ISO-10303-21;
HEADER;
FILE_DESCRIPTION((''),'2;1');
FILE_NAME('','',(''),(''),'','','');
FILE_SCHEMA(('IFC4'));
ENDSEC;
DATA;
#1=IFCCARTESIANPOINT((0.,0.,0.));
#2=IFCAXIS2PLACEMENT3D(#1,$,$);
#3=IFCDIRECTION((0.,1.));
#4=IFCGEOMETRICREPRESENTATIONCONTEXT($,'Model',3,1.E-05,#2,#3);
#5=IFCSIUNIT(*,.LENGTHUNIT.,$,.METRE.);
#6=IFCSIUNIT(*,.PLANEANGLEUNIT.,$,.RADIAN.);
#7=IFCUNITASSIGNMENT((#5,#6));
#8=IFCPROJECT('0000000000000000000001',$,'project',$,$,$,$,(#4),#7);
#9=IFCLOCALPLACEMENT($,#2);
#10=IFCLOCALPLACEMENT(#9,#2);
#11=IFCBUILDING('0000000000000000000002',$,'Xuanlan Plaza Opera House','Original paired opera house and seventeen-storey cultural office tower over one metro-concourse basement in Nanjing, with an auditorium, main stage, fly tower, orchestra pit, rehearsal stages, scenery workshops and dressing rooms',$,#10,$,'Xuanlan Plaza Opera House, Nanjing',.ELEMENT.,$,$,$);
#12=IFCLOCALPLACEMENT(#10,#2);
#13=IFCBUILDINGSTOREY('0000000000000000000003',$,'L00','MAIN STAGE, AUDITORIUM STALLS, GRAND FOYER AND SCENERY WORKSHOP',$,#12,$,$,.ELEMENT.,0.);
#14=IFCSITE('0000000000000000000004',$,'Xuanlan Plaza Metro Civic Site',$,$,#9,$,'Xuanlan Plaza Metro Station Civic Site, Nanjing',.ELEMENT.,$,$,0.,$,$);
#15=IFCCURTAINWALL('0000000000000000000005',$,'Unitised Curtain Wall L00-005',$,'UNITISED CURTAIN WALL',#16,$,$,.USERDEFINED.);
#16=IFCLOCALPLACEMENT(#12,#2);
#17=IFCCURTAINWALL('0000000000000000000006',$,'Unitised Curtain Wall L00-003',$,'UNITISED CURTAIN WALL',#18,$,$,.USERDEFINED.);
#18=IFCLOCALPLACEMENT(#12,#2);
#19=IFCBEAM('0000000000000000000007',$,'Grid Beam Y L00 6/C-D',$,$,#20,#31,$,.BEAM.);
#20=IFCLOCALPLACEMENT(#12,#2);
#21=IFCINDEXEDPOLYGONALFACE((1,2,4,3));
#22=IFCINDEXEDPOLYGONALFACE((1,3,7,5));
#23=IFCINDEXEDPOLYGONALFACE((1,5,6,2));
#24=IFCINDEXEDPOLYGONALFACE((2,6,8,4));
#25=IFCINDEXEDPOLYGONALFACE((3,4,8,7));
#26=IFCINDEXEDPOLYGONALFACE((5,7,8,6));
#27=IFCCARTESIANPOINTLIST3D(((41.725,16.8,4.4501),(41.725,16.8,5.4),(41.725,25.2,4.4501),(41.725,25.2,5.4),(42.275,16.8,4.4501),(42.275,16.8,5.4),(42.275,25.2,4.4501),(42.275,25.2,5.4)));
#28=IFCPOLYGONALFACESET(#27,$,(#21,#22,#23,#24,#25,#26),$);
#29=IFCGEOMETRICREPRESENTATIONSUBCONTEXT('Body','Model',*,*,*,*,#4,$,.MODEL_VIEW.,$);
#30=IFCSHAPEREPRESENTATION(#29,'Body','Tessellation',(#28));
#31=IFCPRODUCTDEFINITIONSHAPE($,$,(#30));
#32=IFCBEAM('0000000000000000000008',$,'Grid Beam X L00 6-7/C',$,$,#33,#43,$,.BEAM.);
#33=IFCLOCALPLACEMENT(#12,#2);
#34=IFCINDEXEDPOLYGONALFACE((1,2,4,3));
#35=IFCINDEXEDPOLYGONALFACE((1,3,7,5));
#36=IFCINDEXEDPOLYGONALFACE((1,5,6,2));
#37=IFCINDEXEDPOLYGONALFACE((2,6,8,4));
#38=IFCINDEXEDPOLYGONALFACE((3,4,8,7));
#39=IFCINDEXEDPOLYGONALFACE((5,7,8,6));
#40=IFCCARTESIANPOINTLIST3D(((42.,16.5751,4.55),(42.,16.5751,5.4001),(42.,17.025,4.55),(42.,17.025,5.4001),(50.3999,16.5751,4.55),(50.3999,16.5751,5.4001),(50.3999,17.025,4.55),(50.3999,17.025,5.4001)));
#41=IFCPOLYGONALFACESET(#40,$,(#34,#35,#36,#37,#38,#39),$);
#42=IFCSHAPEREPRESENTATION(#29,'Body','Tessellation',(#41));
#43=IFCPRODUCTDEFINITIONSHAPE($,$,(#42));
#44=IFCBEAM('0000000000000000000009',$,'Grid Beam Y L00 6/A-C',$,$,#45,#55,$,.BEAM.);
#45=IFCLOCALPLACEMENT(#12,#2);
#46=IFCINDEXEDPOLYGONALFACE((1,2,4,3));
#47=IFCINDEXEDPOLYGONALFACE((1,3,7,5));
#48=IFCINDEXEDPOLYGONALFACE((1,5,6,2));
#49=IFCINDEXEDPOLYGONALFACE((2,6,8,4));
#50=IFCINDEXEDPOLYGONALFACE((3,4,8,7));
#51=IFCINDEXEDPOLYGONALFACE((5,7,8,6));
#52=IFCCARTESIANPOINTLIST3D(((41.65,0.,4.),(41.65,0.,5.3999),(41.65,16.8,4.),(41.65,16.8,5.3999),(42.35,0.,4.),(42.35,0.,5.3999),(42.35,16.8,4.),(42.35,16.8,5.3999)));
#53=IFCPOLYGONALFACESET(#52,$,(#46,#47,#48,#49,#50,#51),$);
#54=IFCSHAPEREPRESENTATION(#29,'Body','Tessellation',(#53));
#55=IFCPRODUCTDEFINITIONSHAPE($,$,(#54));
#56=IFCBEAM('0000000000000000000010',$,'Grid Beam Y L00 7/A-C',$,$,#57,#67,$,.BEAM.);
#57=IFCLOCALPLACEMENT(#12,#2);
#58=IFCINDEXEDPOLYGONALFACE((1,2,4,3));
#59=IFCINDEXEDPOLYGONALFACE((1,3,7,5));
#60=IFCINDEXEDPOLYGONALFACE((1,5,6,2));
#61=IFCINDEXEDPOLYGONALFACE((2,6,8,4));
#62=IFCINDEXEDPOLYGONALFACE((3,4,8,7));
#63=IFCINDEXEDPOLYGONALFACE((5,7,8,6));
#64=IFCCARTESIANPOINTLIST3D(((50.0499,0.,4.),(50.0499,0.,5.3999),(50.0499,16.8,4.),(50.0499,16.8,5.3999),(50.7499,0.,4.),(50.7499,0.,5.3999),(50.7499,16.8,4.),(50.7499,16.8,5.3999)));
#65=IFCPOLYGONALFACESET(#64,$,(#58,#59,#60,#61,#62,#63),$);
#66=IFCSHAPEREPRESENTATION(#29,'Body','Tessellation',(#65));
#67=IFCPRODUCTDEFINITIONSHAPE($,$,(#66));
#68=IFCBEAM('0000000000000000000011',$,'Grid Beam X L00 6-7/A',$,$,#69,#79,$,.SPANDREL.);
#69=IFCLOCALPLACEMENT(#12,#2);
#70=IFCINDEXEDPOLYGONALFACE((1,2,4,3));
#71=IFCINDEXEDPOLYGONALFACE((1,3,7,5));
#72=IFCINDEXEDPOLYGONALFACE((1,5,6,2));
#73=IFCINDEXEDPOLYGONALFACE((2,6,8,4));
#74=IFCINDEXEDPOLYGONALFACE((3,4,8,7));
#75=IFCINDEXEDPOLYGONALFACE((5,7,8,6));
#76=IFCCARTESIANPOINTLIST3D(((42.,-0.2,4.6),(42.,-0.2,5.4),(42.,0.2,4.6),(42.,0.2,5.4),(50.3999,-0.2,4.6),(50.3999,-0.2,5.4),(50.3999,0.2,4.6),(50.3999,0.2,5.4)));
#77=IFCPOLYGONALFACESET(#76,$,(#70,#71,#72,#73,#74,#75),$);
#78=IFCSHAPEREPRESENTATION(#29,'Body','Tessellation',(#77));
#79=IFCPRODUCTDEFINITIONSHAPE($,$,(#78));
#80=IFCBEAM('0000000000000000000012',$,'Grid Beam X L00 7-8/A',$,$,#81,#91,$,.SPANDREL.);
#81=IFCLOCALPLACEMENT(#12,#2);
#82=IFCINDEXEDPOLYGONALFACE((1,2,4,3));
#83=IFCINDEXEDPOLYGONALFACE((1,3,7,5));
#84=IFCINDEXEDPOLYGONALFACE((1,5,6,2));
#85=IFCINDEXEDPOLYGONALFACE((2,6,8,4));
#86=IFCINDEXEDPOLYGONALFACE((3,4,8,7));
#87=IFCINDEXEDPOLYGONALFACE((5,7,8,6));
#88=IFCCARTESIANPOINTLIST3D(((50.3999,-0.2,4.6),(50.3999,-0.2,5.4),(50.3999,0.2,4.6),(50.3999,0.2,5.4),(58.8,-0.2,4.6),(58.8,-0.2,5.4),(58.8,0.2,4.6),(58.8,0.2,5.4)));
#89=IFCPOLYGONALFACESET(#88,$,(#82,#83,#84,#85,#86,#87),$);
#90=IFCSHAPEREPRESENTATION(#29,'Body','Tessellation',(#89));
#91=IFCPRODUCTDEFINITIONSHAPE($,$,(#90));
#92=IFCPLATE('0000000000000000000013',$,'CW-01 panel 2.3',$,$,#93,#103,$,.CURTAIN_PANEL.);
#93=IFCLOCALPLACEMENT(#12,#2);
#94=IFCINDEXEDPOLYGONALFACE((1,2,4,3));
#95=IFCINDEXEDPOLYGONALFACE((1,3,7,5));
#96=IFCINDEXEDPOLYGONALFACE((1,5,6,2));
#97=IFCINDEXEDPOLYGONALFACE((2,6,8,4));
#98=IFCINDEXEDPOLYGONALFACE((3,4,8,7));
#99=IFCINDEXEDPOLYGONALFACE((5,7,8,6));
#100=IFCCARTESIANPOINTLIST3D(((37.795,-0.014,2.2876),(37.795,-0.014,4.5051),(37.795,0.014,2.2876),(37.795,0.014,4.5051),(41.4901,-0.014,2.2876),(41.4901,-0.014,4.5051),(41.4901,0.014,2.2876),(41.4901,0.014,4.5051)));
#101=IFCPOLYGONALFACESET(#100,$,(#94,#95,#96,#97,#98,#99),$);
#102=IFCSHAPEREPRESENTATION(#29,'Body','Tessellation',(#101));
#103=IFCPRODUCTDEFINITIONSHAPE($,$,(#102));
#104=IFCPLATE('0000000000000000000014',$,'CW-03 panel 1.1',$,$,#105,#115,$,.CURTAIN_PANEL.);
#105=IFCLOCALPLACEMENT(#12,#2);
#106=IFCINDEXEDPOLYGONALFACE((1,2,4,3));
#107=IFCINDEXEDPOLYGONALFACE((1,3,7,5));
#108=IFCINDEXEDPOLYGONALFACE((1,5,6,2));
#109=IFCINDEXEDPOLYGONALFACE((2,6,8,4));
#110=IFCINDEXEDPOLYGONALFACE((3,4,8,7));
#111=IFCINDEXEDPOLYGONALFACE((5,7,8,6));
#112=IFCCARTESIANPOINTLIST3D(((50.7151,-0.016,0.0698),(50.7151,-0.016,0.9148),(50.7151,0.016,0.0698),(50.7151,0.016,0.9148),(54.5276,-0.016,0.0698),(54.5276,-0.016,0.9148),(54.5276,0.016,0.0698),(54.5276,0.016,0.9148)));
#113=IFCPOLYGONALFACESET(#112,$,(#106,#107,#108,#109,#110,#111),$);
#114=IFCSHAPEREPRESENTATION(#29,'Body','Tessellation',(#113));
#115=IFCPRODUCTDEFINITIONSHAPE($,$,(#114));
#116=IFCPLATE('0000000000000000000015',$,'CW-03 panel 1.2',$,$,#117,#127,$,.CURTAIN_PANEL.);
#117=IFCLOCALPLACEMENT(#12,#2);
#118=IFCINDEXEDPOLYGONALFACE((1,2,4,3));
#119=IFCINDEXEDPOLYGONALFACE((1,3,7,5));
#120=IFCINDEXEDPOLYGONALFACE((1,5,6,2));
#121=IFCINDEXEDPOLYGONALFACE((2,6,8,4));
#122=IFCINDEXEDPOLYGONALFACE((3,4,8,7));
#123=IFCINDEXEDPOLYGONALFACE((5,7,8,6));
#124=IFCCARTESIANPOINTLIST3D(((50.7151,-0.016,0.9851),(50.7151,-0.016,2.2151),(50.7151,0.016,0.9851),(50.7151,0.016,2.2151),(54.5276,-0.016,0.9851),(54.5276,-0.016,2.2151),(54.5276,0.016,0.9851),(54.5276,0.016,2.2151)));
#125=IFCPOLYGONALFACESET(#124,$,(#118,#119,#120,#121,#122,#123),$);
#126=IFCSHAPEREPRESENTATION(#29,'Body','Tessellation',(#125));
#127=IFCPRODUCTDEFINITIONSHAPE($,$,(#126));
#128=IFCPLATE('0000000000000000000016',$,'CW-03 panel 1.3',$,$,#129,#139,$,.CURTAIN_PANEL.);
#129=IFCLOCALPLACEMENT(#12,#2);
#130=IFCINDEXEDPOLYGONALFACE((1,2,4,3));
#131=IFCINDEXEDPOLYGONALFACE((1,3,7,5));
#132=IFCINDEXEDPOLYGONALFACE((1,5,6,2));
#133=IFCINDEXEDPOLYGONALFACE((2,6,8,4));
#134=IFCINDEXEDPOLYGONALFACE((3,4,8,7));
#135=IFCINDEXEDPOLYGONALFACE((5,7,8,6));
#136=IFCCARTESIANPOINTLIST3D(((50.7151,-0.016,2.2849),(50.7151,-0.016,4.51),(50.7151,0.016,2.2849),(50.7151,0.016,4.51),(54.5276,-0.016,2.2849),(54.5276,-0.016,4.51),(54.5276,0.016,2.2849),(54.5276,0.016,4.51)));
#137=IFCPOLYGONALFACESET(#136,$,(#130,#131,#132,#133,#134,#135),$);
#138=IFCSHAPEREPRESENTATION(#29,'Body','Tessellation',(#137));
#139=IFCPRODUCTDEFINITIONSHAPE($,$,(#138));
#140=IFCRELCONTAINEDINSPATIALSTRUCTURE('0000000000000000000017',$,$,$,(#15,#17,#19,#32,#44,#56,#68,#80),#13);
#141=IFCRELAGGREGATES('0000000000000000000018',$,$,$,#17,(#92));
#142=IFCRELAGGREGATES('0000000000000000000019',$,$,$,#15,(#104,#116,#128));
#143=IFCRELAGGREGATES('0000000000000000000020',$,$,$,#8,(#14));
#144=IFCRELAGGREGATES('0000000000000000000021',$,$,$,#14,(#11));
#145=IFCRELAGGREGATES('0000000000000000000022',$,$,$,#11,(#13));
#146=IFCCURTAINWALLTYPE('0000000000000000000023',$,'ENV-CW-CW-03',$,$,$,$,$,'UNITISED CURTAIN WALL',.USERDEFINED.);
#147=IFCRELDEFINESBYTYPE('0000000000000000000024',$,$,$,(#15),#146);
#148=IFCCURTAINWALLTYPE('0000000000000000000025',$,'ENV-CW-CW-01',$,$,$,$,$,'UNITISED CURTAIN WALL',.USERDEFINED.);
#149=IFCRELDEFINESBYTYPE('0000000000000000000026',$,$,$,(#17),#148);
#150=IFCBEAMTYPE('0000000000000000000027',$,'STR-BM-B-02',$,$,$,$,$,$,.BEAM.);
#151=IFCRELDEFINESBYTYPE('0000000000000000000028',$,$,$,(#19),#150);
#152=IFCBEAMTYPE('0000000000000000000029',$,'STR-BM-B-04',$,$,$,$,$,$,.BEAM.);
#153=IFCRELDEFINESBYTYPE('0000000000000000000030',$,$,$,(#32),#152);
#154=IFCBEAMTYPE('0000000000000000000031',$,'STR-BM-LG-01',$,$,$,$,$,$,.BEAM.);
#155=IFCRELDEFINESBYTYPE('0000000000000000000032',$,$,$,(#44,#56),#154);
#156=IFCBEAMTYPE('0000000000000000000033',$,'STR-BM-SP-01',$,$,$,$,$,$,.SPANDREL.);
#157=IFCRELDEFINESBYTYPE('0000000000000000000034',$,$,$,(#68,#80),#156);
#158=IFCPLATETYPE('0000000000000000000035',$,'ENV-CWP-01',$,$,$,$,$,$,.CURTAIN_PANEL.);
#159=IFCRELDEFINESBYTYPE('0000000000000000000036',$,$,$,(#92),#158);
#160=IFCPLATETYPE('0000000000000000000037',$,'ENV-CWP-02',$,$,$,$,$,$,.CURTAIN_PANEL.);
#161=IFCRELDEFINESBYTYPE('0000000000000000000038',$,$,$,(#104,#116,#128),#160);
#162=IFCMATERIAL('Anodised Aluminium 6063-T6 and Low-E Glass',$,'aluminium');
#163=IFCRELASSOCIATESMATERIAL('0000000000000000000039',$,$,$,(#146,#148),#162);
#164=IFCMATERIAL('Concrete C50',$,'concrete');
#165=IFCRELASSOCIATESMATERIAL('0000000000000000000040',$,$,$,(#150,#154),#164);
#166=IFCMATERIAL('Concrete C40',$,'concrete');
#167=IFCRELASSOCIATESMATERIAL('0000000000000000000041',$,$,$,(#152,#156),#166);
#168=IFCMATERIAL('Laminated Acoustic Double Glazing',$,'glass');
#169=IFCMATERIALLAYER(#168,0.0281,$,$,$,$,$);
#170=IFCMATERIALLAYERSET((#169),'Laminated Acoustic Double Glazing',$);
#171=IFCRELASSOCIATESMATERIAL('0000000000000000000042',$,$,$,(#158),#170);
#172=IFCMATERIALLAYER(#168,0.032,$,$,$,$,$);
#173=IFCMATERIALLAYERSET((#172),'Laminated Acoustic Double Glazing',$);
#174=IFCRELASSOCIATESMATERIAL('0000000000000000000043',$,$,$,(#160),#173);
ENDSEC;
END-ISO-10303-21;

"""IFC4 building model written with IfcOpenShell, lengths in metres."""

from ifc_helpers import new_model, si_unit, direction, frame, origin, origin_2d, place, context, subcontext, project, spatial, rectangle, extrude, material, layer, layer_set, material_profile, profile_set, type_object, element, aggregate, save


model = new_model("IFC4")

# Units and contexts
model_context = context("Model", 3, precision=1e-05, world=origin(), true_north=direction((0.0, 1.0)))
body_context = subcontext(model_context, "Body", "Model", "MODEL_VIEW")
ifc_project = project(units=[si_unit("LENGTHUNIT", "METRE"), si_unit("PLANEANGLEUNIT", "RADIAN")], contexts=[model_context])

# Site, building, storey
site_placement = place(None, origin())
site = spatial("IfcSite", under=ifc_project, at=site_placement, Name="Xuanlan Plaza Metro Civic Site", LongName="Xuanlan Plaza Metro Station Civic Site, Nanjing", CompositionType="ELEMENT", RefElevation=0.0)
building_placement = place(site_placement, origin())
building = spatial("IfcBuilding", under=site, at=building_placement, Name="Xuanlan Plaza Opera House", Description="Original paired opera house and seventeen-storey cultural office tower over one metro-concourse basement in Nanjing, with an auditorium, main stage, fly tower, orchestra pit, rehearsal stages, scenery workshops and dressing rooms", LongName="Xuanlan Plaza Opera House, Nanjing", CompositionType="ELEMENT")
storey_placement = place(building_placement, origin())
storey = spatial("IfcBuildingStorey", under=building, at=storey_placement, Name="L00", Description="MAIN STAGE, AUDITORIUM STALLS, GRAND FOYER AND SCENERY WORKSHOP", CompositionType="ELEMENT", Elevation=0.0)

# Shared definitions
ifc_material_1 = material(Name="Concrete C40", Category="concrete")

# Curtain wall
ifc_material_2 = material(Name="Anodised Aluminium 6063-T6 and Low-E Glass", Category="aluminium")
curtain_wall_type_1 = type_object("IfcCurtainWallType", Name="ENV-CW-CW-03", ElementType="UNITISED CURTAIN WALL", PredefinedType="USERDEFINED", material=ifc_material_2)
curtain_wall_1_placement = place(storey_placement, origin())
curtain_wall_1 = element("IfcCurtainWall", 1, at=curtain_wall_1_placement, inside=storey, type_object=curtain_wall_type_1, Name="Unitised Curtain Wall L00-005", ObjectType="UNITISED CURTAIN WALL", PredefinedType="USERDEFINED")

# Curtain wall
curtain_wall_type_2 = type_object("IfcCurtainWallType", Name="ENV-CW-CW-01", ElementType="UNITISED CURTAIN WALL", PredefinedType="USERDEFINED", material=ifc_material_2)
curtain_wall_2_placement = place(storey_placement, origin())
curtain_wall_2 = element("IfcCurtainWall", 2, at=curtain_wall_2_placement, inside=storey, type_object=curtain_wall_type_2, Name="Unitised Curtain Wall L00-003", ObjectType="UNITISED CURTAIN WALL", PredefinedType="USERDEFINED")

# Beams
ifc_material_3 = material(Name="Concrete C50", Category="concrete")
ifc_material_profile_1 = material_profile(ifc_material_3, rectangle(XDim=0.55, YDim=0.95, at=origin_2d()), Name="RC-BM 550x950")
ifc_profile_set_1 = profile_set([ifc_material_profile_1], Name="Concrete C50")
beam_type_1 = type_object("IfcBeamType", Name="STR-BM-B-02", PredefinedType="BEAM", material=ifc_profile_set_1)
beam_1_placement = place(storey_placement, frame((42.0, 16.8, 4.925), z_axis=(0.0, 1.0, 0.0), x_axis=(-1.0, 0.0, 0.0)))
element("IfcBeam", 3, at=beam_1_placement, inside=storey, type_object=beam_type_1, Name="Grid Beam Y L00 6/C-D", PredefinedType="BEAM", context=body_context, shape_type="SweptSolid", body=[
    extrude(rectangle(XDim=0.55, YDim=0.95, at=origin_2d()), origin(), (0.0, 0.0, 1.0), 8.3999),
])
ifc_material_profile_2 = material_profile(ifc_material_1, rectangle(XDim=0.45, YDim=0.8501, at=origin_2d()), Name="RC-BM 450x850")
ifc_profile_set_2 = profile_set([ifc_material_profile_2], Name="Concrete C40")
beam_type_2 = type_object("IfcBeamType", Name="STR-BM-B-04", PredefinedType="BEAM", material=ifc_profile_set_2)
beam_2_placement = place(storey_placement, frame((42.0, 16.8, 4.9751), z_axis=(1.0, 0.0, 0.0), x_axis=(0.0, 1.0, 0.0)))
element("IfcBeam", 4, at=beam_2_placement, inside=storey, type_object=beam_type_2, Name="Grid Beam X L00 6-7/C", PredefinedType="BEAM", context=body_context, shape_type="SweptSolid", body=[
    extrude(rectangle(XDim=0.45, YDim=0.8501, at=origin_2d()), origin(), (0.0, 0.0, 1.0), 8.3999),
])
ifc_material_profile_3 = material_profile(ifc_material_3, rectangle(XDim=0.7, YDim=1.3999, at=origin_2d()), Name="RC-LG 700x1400")
ifc_profile_set_3 = profile_set([ifc_material_profile_3], Name="Concrete C50")
beam_type_3 = type_object("IfcBeamType", Name="STR-BM-LG-01", PredefinedType="BEAM", material=ifc_profile_set_3)
for number, where, z_axis, x_axis, name in (
    (5, (42.0, 0.0, 4.7), (0.0, 1.0, 0.0), (-1.0, 0.0, 0.0), "Grid Beam Y L00 6/A-C"),
    (6, (50.3999, 0.0, 4.7), (0.0, 1.0, 0.0), (-1.0, 0.0, 0.0), "Grid Beam Y L00 7/A-C"),
):
    element("IfcBeam", number, at=place(storey_placement, frame(where, z_axis=z_axis, x_axis=x_axis)), inside=storey, type_object=beam_type_3, Name=name, PredefinedType="BEAM", context=body_context, shape_type="SweptSolid", body=[
        extrude(rectangle(XDim=0.7, YDim=1.3999, at=origin_2d()), origin(), (0.0, 0.0, 1.0), 16.8),
    ])
ifc_material_profile_4 = material_profile(ifc_material_1, rectangle(XDim=0.3999, YDim=0.8, at=origin_2d()), Name="RC-SPD 400x800")
ifc_profile_set_4 = profile_set([ifc_material_profile_4], Name="Concrete C40")
beam_type_4 = type_object("IfcBeamType", Name="STR-BM-SP-01", PredefinedType="SPANDREL", material=ifc_profile_set_4)
beam_3_placement = place(storey_placement, frame((42.0, 0.0, 5.0), z_axis=(1.0, 0.0, 0.0), x_axis=(0.0, 1.0, 0.0)))
element("IfcBeam", 7, at=beam_3_placement, inside=storey, type_object=beam_type_4, Name="Grid Beam X L00 6-7/A", PredefinedType="SPANDREL", context=body_context, shape_type="SweptSolid", body=[
    extrude(rectangle(XDim=0.3999, YDim=0.8, at=origin_2d()), origin(), (0.0, 0.0, 1.0), 8.3999),
])
beam_4_placement = place(storey_placement, frame((50.3999, 0.0, 5.0), z_axis=(1.0, 0.0, 0.0), x_axis=(0.0, 1.0, 0.0)))
element("IfcBeam", 8, at=beam_4_placement, inside=storey, type_object=beam_type_4, Name="Grid Beam X L00 7-8/A", PredefinedType="SPANDREL", context=body_context, shape_type="SweptSolid", body=[
    extrude(rectangle(XDim=0.3999, YDim=0.8, at=origin_2d()), origin(), (0.0, 0.0, 1.0), 8.4001),
])

# Plates
ifc_material_4 = material(Name="Laminated Acoustic Double Glazing", Category="glass")
ifc_layer_1 = layer(ifc_material_4, 0.0281)
ifc_layer_set_1 = layer_set([ifc_layer_1], Name="Laminated Acoustic Double Glazing")
plate_type_1 = type_object("IfcPlateType", Name="ENV-CWP-01", PredefinedType="CURTAIN_PANEL", material=ifc_layer_set_1)
plate_1_placement = place(storey_placement, frame((39.6426, 0.0, 2.2876), z_axis=(0.0, 0.0, 1.0), x_axis=(1.0, 0.0, 0.0)))
plate_1 = element("IfcPlate", 9, at=plate_1_placement, type_object=plate_type_1, Name="CW-01 panel 2.3", PredefinedType="CURTAIN_PANEL", context=body_context, shape_type="SweptSolid", body=[
    extrude(rectangle(XDim=3.6951, YDim=0.0281, at=origin_2d()), origin(), (0.0, 0.0, 1.0), 2.2175),
])
aggregate(curtain_wall_2, [plate_1])
ifc_layer_2 = layer(ifc_material_4, 0.032)
ifc_layer_set_2 = layer_set([ifc_layer_2], Name="Laminated Acoustic Double Glazing")
plate_type_2 = type_object("IfcPlateType", Name="ENV-CWP-02", PredefinedType="CURTAIN_PANEL", material=ifc_layer_set_2)
plate_2_placement = place(storey_placement, frame((52.6213, 0.0, 0.0698), z_axis=(0.0, 0.0, 1.0), x_axis=(1.0, 0.0, 0.0)))
plate_2 = element("IfcPlate", 10, at=plate_2_placement, type_object=plate_type_2, Name="CW-03 panel 1.1", PredefinedType="CURTAIN_PANEL", context=body_context, shape_type="SweptSolid", body=[
    extrude(rectangle(XDim=3.8125, YDim=0.032, at=origin_2d()), origin(), (0.0, 0.0, 1.0), 0.845),
])
plate_3_placement = place(storey_placement, frame((52.6213, 0.0, 0.9851), z_axis=(0.0, 0.0, 1.0), x_axis=(1.0, 0.0, 0.0)))
plate_3 = element("IfcPlate", 11, at=plate_3_placement, type_object=plate_type_2, Name="CW-03 panel 1.2", PredefinedType="CURTAIN_PANEL", context=body_context, shape_type="SweptSolid", body=[
    extrude(rectangle(XDim=3.8125, YDim=0.032, at=origin_2d()), origin(), (0.0, 0.0, 1.0), 1.23),
])
plate_4_placement = place(storey_placement, frame((52.6213, 0.0, 2.2849), z_axis=(0.0, 0.0, 1.0), x_axis=(1.0, 0.0, 0.0)))
plate_4 = element("IfcPlate", 12, at=plate_4_placement, type_object=plate_type_2, Name="CW-03 panel 1.3", PredefinedType="CURTAIN_PANEL", context=body_context, shape_type="SweptSolid", body=[
    extrude(rectangle(XDim=3.8125, YDim=0.032, at=origin_2d()), origin(), (0.0, 0.0, 1.0), 2.2251),
])
aggregate(curtain_wall_1, [plate_2, plate_3, plate_4])

save(model, "model.ifc")
